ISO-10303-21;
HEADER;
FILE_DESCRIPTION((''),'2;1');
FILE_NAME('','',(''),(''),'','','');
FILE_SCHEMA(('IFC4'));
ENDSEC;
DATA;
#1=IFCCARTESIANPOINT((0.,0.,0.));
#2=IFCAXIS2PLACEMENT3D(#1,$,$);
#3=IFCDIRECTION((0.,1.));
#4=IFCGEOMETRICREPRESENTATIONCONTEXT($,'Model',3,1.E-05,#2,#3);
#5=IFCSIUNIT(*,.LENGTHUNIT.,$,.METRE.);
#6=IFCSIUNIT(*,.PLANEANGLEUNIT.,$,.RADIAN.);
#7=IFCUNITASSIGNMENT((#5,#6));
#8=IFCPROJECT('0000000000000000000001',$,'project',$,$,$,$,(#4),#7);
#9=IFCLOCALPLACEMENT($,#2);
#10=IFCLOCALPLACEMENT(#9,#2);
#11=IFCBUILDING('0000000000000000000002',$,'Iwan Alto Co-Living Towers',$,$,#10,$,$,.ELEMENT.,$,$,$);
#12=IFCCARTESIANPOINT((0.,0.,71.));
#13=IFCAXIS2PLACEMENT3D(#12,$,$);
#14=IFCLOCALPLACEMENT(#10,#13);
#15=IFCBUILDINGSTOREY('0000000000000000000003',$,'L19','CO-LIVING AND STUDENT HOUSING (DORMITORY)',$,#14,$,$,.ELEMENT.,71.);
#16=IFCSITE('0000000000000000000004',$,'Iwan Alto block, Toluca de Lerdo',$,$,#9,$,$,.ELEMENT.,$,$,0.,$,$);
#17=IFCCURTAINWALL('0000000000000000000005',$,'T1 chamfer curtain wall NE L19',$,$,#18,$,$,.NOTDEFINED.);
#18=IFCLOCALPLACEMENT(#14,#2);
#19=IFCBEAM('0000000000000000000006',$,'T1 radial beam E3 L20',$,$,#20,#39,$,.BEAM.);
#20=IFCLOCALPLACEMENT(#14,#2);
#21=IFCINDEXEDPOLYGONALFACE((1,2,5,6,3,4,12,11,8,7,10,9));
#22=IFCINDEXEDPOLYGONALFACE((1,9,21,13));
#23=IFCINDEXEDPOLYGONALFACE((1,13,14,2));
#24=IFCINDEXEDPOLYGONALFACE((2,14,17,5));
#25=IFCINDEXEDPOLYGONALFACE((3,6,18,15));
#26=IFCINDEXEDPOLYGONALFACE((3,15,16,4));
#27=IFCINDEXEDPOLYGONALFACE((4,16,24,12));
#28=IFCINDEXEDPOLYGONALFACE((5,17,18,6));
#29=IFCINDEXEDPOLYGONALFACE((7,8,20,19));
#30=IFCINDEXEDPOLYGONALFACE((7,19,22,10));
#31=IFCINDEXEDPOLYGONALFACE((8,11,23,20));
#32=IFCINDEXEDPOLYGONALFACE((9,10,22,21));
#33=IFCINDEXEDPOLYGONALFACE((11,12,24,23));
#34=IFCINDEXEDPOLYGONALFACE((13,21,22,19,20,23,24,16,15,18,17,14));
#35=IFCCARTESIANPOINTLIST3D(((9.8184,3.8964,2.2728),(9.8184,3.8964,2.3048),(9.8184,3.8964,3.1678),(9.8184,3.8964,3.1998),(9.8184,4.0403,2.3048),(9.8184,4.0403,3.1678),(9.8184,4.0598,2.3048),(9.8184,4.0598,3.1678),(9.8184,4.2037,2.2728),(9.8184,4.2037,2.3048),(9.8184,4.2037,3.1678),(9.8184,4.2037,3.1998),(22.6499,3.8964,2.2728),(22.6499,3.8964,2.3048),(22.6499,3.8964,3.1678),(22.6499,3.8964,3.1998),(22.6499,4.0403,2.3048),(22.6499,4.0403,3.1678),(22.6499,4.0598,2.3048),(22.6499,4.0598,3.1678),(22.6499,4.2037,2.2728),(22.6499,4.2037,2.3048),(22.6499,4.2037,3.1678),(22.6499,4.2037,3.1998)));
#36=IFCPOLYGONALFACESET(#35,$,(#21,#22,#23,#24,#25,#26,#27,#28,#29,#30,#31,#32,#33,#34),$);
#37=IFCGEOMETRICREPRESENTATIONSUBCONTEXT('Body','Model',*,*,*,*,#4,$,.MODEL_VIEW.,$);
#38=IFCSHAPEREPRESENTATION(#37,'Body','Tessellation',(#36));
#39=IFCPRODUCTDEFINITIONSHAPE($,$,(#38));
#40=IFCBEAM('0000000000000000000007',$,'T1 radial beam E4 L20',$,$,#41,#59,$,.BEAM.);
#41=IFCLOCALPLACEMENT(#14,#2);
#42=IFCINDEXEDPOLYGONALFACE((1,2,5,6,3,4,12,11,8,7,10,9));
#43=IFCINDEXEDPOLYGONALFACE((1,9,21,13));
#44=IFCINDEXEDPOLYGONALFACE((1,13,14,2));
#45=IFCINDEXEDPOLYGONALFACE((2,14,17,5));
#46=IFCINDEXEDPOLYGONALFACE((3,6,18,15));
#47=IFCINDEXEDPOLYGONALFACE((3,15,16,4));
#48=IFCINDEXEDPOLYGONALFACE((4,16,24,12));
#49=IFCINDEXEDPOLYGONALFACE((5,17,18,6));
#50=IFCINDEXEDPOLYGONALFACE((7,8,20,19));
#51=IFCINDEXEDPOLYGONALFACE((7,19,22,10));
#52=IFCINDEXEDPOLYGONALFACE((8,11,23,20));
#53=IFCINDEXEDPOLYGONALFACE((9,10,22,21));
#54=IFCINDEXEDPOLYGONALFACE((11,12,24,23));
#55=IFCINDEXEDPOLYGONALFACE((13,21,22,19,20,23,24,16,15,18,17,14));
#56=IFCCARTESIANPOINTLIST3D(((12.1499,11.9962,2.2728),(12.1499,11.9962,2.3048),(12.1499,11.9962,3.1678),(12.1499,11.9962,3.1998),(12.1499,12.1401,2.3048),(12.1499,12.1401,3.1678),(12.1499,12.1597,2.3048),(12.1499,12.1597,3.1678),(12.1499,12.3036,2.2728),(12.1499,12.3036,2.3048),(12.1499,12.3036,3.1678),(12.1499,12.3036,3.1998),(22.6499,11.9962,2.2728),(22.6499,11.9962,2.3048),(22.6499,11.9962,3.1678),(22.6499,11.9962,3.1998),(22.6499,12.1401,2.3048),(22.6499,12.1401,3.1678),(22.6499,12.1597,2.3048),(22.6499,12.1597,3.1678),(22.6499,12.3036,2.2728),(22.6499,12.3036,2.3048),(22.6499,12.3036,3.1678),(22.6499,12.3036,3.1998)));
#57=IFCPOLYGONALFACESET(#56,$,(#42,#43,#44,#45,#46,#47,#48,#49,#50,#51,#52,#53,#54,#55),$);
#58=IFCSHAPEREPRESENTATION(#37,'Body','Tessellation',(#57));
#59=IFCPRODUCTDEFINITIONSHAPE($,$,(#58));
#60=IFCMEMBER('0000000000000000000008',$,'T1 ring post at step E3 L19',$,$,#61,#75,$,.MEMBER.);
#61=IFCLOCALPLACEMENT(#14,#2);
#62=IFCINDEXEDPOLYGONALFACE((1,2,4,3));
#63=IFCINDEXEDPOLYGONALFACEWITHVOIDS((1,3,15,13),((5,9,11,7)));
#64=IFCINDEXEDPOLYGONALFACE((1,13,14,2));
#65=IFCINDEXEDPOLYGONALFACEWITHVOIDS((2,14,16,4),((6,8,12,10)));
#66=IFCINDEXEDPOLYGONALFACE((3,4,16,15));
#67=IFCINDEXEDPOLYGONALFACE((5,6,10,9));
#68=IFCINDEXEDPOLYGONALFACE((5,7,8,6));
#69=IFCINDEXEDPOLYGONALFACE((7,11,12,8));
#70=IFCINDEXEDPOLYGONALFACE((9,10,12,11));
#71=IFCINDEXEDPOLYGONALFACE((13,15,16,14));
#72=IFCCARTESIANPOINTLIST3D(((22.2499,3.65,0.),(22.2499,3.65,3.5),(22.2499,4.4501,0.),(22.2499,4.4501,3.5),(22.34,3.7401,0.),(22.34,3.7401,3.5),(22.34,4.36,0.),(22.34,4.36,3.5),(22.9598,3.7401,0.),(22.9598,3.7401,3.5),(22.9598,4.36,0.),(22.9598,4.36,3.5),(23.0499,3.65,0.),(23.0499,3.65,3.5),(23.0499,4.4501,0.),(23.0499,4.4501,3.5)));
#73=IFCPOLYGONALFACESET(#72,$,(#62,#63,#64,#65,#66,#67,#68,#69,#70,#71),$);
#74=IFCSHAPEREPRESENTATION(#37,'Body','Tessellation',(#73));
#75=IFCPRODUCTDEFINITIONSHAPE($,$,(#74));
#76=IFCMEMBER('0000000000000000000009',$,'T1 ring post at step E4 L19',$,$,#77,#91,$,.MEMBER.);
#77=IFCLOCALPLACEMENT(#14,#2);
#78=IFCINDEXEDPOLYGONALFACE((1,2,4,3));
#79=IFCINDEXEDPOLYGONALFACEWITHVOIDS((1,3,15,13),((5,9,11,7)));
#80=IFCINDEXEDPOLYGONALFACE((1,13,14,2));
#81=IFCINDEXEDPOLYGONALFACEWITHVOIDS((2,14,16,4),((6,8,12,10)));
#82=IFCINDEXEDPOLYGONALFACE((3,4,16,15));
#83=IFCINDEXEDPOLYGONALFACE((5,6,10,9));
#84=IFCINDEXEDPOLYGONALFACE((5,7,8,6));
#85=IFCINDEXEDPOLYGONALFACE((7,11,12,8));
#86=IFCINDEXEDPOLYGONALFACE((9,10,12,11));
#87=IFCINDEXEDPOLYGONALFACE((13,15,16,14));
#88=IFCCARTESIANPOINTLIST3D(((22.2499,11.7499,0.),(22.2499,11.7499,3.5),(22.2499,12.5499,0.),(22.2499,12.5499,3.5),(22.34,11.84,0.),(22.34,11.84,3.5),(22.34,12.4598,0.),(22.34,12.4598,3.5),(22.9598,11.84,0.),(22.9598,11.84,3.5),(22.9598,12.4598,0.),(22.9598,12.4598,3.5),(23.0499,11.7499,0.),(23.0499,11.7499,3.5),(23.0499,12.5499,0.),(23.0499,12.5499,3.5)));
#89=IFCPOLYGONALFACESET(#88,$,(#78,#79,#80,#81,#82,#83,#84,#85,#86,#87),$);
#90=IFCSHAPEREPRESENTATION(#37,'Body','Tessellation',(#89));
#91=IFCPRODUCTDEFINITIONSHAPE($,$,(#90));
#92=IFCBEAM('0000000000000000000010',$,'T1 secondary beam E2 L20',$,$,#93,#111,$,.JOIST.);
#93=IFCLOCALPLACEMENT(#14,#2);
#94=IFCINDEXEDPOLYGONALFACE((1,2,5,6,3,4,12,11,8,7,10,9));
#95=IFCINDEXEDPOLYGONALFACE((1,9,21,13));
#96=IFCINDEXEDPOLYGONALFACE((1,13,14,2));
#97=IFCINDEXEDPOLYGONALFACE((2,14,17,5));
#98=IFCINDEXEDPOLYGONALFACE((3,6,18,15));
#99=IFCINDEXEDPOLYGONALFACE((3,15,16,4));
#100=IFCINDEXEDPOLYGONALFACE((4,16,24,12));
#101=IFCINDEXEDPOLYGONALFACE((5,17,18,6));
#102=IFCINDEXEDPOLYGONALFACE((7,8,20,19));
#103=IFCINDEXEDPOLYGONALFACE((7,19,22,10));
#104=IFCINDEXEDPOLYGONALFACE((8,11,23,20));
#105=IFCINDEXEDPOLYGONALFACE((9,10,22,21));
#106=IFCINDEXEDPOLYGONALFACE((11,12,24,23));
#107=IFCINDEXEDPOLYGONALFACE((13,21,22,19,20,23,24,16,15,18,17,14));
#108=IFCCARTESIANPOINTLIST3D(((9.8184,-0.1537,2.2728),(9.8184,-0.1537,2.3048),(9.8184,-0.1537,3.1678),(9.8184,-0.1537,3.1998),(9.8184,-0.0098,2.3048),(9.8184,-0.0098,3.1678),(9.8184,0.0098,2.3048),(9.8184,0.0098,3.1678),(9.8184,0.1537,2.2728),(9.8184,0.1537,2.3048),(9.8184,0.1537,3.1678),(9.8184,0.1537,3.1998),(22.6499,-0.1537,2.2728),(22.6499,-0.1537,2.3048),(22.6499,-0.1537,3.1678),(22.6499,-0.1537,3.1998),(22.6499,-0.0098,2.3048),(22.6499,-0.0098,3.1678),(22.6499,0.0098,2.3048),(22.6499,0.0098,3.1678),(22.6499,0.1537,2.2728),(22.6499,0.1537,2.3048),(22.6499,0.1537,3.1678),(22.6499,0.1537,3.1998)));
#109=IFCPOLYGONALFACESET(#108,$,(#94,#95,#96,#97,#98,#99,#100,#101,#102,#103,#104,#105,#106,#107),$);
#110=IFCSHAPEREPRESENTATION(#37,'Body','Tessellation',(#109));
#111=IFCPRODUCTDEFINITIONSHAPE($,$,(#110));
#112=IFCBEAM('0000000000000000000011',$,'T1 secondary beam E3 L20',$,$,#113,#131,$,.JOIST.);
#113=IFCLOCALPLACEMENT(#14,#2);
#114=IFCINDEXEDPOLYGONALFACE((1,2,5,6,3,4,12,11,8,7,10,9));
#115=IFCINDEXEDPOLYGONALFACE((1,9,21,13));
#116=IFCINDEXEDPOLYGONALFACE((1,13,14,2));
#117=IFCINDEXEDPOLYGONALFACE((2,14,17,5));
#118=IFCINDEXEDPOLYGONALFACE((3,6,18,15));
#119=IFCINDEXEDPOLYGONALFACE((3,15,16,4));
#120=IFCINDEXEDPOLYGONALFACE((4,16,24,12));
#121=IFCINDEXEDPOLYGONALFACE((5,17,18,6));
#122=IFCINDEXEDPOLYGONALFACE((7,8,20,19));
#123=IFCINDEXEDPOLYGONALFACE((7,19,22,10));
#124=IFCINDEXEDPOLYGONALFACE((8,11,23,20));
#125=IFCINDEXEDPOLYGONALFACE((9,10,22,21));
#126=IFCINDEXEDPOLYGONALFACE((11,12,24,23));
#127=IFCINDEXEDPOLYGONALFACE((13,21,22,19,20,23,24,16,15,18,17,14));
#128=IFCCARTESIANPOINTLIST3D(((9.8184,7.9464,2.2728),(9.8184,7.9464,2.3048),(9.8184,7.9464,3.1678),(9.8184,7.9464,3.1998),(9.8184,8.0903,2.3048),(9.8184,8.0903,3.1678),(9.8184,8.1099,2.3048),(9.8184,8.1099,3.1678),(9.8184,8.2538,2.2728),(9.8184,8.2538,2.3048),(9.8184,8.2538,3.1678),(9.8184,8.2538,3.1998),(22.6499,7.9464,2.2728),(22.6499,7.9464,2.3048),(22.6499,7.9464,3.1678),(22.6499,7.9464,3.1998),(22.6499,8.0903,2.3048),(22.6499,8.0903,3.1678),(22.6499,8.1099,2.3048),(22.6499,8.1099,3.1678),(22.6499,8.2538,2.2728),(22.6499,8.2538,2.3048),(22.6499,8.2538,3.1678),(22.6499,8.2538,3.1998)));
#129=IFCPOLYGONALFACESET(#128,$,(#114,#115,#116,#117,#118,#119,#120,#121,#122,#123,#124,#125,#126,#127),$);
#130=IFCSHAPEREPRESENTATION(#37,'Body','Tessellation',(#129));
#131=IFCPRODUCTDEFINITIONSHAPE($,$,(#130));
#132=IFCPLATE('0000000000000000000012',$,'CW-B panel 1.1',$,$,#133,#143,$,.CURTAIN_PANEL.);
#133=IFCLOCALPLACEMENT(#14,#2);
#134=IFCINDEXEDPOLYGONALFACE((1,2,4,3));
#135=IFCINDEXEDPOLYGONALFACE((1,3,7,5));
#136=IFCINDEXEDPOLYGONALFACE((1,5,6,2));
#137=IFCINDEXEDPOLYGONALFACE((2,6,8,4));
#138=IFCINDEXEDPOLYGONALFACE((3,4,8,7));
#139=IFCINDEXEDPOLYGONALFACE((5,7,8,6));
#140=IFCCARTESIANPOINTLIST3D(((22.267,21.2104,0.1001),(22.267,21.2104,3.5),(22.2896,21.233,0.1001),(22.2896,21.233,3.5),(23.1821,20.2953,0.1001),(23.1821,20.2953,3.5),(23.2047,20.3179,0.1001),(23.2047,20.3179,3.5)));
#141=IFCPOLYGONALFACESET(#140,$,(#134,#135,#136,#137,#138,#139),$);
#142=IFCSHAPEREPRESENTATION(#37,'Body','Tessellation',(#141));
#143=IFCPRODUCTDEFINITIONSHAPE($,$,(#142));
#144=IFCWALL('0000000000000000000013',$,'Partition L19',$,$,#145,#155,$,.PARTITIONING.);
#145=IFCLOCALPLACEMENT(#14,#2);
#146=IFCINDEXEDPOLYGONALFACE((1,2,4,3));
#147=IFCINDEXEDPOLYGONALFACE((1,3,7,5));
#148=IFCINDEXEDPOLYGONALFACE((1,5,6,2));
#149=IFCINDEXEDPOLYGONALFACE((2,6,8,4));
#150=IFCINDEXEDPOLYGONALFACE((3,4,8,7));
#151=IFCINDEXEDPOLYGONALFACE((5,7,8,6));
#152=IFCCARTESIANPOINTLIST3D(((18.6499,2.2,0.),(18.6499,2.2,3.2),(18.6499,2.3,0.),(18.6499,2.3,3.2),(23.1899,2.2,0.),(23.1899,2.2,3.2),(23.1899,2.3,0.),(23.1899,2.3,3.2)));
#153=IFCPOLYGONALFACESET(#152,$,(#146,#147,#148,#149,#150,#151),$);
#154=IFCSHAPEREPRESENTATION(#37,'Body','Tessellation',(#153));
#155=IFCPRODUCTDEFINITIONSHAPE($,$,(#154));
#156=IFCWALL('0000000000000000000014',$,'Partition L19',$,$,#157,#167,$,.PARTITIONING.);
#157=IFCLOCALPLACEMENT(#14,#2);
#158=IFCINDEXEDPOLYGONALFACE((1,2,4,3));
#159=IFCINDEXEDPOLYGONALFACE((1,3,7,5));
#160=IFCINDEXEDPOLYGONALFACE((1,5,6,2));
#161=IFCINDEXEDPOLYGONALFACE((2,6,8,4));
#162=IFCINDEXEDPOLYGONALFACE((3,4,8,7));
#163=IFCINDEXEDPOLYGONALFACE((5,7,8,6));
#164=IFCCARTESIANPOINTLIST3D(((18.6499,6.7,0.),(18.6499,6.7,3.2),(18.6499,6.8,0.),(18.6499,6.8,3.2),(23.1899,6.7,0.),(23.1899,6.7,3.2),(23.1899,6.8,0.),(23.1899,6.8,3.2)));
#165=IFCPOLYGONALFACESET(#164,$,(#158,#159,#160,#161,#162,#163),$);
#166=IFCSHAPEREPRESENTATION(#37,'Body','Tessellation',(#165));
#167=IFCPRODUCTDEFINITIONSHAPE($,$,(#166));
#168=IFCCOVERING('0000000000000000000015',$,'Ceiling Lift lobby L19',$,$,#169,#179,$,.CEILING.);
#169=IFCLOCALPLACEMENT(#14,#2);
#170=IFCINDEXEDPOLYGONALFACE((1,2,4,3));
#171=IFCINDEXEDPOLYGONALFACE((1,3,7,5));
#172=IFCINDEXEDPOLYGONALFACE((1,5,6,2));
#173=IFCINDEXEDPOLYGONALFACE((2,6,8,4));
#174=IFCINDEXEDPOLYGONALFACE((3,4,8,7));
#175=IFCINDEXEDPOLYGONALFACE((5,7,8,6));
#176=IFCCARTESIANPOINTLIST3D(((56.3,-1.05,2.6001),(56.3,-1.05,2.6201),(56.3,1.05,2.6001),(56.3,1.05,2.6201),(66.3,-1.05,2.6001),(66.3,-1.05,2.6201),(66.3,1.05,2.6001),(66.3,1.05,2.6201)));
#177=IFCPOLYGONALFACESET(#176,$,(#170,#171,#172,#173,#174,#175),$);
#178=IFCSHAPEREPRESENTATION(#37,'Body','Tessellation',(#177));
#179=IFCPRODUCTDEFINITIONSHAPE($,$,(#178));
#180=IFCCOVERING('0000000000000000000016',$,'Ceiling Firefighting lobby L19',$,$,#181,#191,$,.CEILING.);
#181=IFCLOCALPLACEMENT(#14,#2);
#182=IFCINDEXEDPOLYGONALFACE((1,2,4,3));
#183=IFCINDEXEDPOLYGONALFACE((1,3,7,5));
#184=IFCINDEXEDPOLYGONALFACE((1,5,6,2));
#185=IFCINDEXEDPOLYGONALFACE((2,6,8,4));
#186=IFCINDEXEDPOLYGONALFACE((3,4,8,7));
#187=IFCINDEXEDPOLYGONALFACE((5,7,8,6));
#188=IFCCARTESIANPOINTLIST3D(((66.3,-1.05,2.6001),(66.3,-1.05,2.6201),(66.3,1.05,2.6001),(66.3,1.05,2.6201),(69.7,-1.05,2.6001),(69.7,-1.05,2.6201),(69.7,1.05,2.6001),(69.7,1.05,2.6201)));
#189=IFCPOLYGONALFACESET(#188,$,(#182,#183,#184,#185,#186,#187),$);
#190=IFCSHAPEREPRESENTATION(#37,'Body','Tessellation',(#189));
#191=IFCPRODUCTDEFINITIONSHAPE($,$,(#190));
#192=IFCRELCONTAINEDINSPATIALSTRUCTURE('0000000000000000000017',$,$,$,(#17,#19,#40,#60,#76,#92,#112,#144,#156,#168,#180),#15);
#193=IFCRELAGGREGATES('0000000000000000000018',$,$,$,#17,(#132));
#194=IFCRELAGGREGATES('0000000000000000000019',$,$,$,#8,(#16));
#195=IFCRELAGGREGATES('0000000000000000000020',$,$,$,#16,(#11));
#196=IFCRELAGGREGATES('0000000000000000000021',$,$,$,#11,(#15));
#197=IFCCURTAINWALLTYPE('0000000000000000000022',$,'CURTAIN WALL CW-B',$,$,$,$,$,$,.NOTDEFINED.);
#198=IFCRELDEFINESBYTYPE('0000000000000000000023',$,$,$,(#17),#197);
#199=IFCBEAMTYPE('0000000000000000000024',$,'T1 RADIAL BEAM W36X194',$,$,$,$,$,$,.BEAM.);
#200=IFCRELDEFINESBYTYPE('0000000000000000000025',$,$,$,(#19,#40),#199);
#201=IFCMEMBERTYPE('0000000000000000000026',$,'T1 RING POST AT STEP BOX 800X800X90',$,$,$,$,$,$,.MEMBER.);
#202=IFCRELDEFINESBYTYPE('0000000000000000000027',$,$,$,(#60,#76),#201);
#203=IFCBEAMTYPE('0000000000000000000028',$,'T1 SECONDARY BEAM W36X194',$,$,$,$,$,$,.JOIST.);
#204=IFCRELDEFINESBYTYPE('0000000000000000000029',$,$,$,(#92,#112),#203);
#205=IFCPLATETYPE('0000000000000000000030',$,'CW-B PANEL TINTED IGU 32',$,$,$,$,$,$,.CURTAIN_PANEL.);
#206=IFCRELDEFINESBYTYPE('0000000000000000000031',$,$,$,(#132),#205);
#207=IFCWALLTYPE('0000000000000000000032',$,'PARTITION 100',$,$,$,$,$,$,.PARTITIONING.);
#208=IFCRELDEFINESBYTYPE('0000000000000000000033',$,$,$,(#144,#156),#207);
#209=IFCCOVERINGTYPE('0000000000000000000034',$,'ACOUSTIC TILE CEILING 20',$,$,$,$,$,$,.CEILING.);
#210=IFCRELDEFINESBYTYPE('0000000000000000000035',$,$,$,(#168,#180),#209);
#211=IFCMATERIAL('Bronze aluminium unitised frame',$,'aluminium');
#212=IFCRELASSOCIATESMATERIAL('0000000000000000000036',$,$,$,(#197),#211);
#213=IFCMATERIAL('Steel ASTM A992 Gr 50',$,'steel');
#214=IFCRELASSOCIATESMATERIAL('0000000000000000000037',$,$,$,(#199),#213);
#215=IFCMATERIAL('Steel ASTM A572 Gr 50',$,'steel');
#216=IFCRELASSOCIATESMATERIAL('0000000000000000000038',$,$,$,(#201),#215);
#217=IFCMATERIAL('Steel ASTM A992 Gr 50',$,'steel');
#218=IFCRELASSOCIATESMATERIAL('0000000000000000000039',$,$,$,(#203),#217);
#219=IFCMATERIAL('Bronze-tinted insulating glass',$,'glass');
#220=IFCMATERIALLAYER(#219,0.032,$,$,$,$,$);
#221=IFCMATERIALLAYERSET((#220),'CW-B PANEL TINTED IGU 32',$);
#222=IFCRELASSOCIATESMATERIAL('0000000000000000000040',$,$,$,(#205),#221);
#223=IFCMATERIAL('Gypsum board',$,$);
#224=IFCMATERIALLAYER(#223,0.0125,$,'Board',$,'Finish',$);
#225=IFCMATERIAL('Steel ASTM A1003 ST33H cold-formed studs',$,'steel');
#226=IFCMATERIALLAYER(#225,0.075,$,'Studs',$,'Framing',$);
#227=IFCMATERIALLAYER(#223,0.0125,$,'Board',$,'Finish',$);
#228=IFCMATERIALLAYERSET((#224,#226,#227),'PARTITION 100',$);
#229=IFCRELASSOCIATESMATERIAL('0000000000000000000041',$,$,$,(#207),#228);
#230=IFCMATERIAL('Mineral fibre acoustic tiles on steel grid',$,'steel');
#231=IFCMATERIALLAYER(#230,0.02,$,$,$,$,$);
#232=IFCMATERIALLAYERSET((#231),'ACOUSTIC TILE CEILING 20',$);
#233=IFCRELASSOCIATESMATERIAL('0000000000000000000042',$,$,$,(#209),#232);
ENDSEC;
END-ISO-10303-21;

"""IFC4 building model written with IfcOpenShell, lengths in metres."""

from ifc_helpers import new_model, si_unit, direction, frame, frame_2d, origin, origin_2d, place, context, subcontext, project, spatial, polyline, rectangle, hollow_rectangle, i_section, outline, extrude, material, layer, layer_set, material_profile, profile_set, type_object, element, aggregate, save


model = new_model("IFC4")

# Units and contexts
model_context = context("Model", 3, precision=1e-05, world=origin(), true_north=direction((0.0, 1.0)))
body_context = subcontext(model_context, "Body", "Model", "MODEL_VIEW")
ifc_project = project(units=[si_unit("LENGTHUNIT", "METRE"), si_unit("PLANEANGLEUNIT", "RADIAN")], contexts=[model_context])

# Site, building, storey
site_placement = place(None, origin())
site = spatial("IfcSite", under=ifc_project, at=site_placement, Name="Iwan Alto block, Toluca de Lerdo", CompositionType="ELEMENT", RefElevation=0.0)
building_placement = place(site_placement, origin())
building = spatial("IfcBuilding", under=site, at=building_placement, Name="Iwan Alto Co-Living Towers", CompositionType="ELEMENT")
storey_placement = place(building_placement, frame((0.0, 0.0, 71.0)))
storey = spatial("IfcBuildingStorey", under=building, at=storey_placement, Name="L19", Description="CO-LIVING AND STUDENT HOUSING (DORMITORY)", CompositionType="ELEMENT", Elevation=71.0)

# Curtain wall
ifc_material_1 = material(Name="Bronze aluminium unitised frame", Category="aluminium")
curtain_wall_type = type_object("IfcCurtainWallType", Name="CURTAIN WALL CW-B", PredefinedType="NOTDEFINED", material=ifc_material_1)
curtain_wall_placement = place(storey_placement, origin())
curtain_wall = element("IfcCurtainWall", 1, at=curtain_wall_placement, inside=storey, type_object=curtain_wall_type, Name="T1 chamfer curtain wall NE L19", PredefinedType="NOTDEFINED")

# Beams
ifc_material_2 = material(Name="Steel ASTM A992 Gr 50", Category="steel")
ifc_material_profile_1 = material_profile(ifc_material_2, i_section(OverallWidth=0.3074, OverallDepth=0.927, WebThickness=0.0195, FlangeThickness=0.032, at=origin_2d()), Name="W36X194")
ifc_profile_set_1 = profile_set([ifc_material_profile_1], Name="Steel ASTM A992 Gr 50")
beam_type_1 = type_object("IfcBeamType", Name="T1 RADIAL BEAM W36X194", PredefinedType="BEAM", material=ifc_profile_set_1)
beam_1_placement = place(storey_placement, frame((22.6499, 4.05, 2.7363), z_axis=(-1.0, 0.0, 0.0), x_axis=(0.0, -1.0, 0.0)))
element("IfcBeam", 2, at=beam_1_placement, inside=storey, type_object=beam_type_1, Name="T1 radial beam E3 L20", PredefinedType="BEAM", context=body_context, shape_type="SweptSolid", body=[
    extrude(i_section(OverallWidth=0.3074, OverallDepth=0.927, WebThickness=0.0195, FlangeThickness=0.032, at=origin_2d()), origin(), (0.0, 0.0, 1.0), 12.8315),
])
beam_2_placement = place(storey_placement, frame((22.6499, 12.1499, 2.7363), z_axis=(-1.0, 0.0, 0.0), x_axis=(0.0, -1.0, 0.0)))
element("IfcBeam", 3, at=beam_2_placement, inside=storey, type_object=beam_type_1, Name="T1 radial beam E4 L20", PredefinedType="BEAM", context=body_context, shape_type="SweptSolid", body=[
    extrude(i_section(OverallWidth=0.3074, OverallDepth=0.927, WebThickness=0.0195, FlangeThickness=0.032, at=origin_2d()), origin(), (0.0, 0.0, 1.0), 10.5),
])

# Members
ifc_material_3 = material(Name="Steel ASTM A572 Gr 50", Category="steel")
ifc_material_profile_2 = material_profile(ifc_material_3, hollow_rectangle(XDim=0.8, YDim=0.8, WallThickness=0.0901, at=origin_2d()), Name="BOX 800X800X90")
ifc_profile_set_2 = profile_set([ifc_material_profile_2], Name="Steel ASTM A572 Gr 50")
member_type_1 = type_object("IfcMemberType", Name="T1 RING POST AT STEP BOX 800X800X90", PredefinedType="MEMBER", material=ifc_profile_set_2)
for number, where, z_axis, x_axis, name in (
    (4, (22.6499, 4.05, 0.0), (0.0, 0.0, 1.0), (1.0, 0.0, 0.0), "T1 ring post at step E3 L19"),
    (5, (22.6499, 12.1499, 0.0), (0.0, 0.0, 1.0), (1.0, 0.0, 0.0), "T1 ring post at step E4 L19"),
):
    element("IfcMember", number, at=place(storey_placement, frame(where, z_axis=z_axis, x_axis=x_axis)), inside=storey, type_object=member_type_1, Name=name, PredefinedType="MEMBER", context=body_context, shape_type="SweptSolid", body=[
        extrude(hollow_rectangle(XDim=0.8, YDim=0.8, WallThickness=0.0901, at=origin_2d()), origin(), (0.0, 0.0, 1.0), 3.5),
    ])

# Beams
ifc_material_4 = material(Name="Steel ASTM A992 Gr 50", Category="steel")
ifc_material_profile_3 = material_profile(ifc_material_4, i_section(OverallWidth=0.3074, OverallDepth=0.927, WebThickness=0.0195, FlangeThickness=0.032, at=origin_2d()), Name="W36X194")
ifc_profile_set_3 = profile_set([ifc_material_profile_3], Name="Steel ASTM A992 Gr 50")
beam_type_2 = type_object("IfcBeamType", Name="T1 SECONDARY BEAM W36X194", PredefinedType="JOIST", material=ifc_profile_set_3)
for number, where, z_axis, x_axis, name in (
    (6, (22.6499, 0.0, 2.7363), (-1.0, 0.0, 0.0), (0.0, -1.0, 0.0), "T1 secondary beam E2 L20"),
    (7, (22.6499, 8.1001, 2.7363), (-1.0, 0.0, 0.0), (0.0, -1.0, 0.0), "T1 secondary beam E3 L20"),
):
    element("IfcBeam", number, at=place(storey_placement, frame(where, z_axis=z_axis, x_axis=x_axis)), inside=storey, type_object=beam_type_2, Name=name, PredefinedType="JOIST", context=body_context, shape_type="SweptSolid", body=[
        extrude(i_section(OverallWidth=0.3074, OverallDepth=0.927, WebThickness=0.0195, FlangeThickness=0.032, at=origin_2d()), origin(), (0.0, 0.0, 1.0), 12.8315),
    ])

# Plate
ifc_material_5 = material(Name="Bronze-tinted insulating glass", Category="glass")
ifc_layer_1 = layer(ifc_material_5, 0.032)
ifc_layer_set_1 = layer_set([ifc_layer_1], Name="CW-B PANEL TINTED IGU 32")
plate_type = type_object("IfcPlateType", Name="CW-B PANEL TINTED IGU 32", PredefinedType="CURTAIN_PANEL", material=ifc_layer_set_1)
plate_placement = place(storey_placement, frame((22.7358, 20.7642, 0.1001), z_axis=(0.0, 0.0, 1.0), x_axis=(-0.707107, 0.707107, 0.0)))
plate = element("IfcPlate", 8, at=plate_placement, type_object=plate_type, Name="CW-B panel 1.1", PredefinedType="CURTAIN_PANEL", context=body_context, shape_type="SweptSolid", body=[
    extrude(rectangle(XDim=1.2942, YDim=0.032, at=origin_2d()), origin(), (0.0, 0.0, 1.0), 3.3999),
])
aggregate(curtain_wall, [plate])

# Walls
ifc_material_6 = material(Name="Gypsum board")
ifc_layer_2 = layer(ifc_material_6, 0.0125, Name="Board", Category="Finish")
ifc_material_7 = material(Name="Steel ASTM A1003 ST33H cold-formed studs", Category="steel")
ifc_layer_3 = layer(ifc_material_7, 0.075, Name="Studs", Category="Framing")
ifc_layer_4 = layer(ifc_material_6, 0.0125, Name="Board", Category="Finish")
ifc_layer_set_2 = layer_set([ifc_layer_2, ifc_layer_3, ifc_layer_4], Name="PARTITION 100")
wall_type = type_object("IfcWallType", Name="PARTITION 100", PredefinedType="PARTITIONING", material=ifc_layer_set_2)
for number, where, z_axis, x_axis, name in (
    (9, (18.6499, 2.25, 0.0), (0.0, 0.0, 1.0), (1.0, 0.0, 0.0), "Partition L19"),
    (10, (18.6499, 6.75, 0.0), (0.0, 0.0, 1.0), (1.0, 0.0, 0.0), "Partition L19"),
):
    element("IfcWall", number, at=place(storey_placement, frame(where, z_axis=z_axis, x_axis=x_axis)), inside=storey, type_object=wall_type, Name=name, PredefinedType="PARTITIONING", context=body_context, shape_type="SweptSolid", body=[
        extrude(rectangle(XDim=4.54, YDim=0.1001, at=frame_2d((2.27, 0.0))), origin(), (0.0, 0.0, 1.0), 3.2),
    ])

# Coverings
ifc_material_8 = material(Name="Mineral fibre acoustic tiles on steel grid", Category="steel")
ifc_layer_5 = layer(ifc_material_8, 0.02)
ifc_layer_set_3 = layer_set([ifc_layer_5], Name="ACOUSTIC TILE CEILING 20")
covering_type_1 = type_object("IfcCoveringType", Name="ACOUSTIC TILE CEILING 20", PredefinedType="CEILING", material=ifc_layer_set_3)
covering_1_placement = place(storey_placement, frame((0.0, 0.0, 2.6001)))
element("IfcCovering", 11, at=covering_1_placement, inside=storey, type_object=covering_type_1, Name="Ceiling Lift lobby L19", PredefinedType="CEILING", context=body_context, shape_type="SweptSolid", body=[
    extrude(outline(polyline([(56.3, -1.05), (56.3, 1.05), (66.3, 1.05), (66.3, -1.05), (56.3, -1.05)])), origin(), (0.0, 0.0, 1.0), 0.02),
])
covering_2_placement = place(storey_placement, frame((0.0, 0.0, 2.6001)))
element("IfcCovering", 12, at=covering_2_placement, inside=storey, type_object=covering_type_1, Name="Ceiling Firefighting lobby L19", PredefinedType="CEILING", context=body_context, shape_type="SweptSolid", body=[
    extrude(outline(polyline([(66.3, -1.05), (66.3, 1.05), (69.7, 1.05), (69.7, -1.05), (66.3, -1.05)])), origin(), (0.0, 0.0, 1.0), 0.02),
])

save(model, "model.ifc")
